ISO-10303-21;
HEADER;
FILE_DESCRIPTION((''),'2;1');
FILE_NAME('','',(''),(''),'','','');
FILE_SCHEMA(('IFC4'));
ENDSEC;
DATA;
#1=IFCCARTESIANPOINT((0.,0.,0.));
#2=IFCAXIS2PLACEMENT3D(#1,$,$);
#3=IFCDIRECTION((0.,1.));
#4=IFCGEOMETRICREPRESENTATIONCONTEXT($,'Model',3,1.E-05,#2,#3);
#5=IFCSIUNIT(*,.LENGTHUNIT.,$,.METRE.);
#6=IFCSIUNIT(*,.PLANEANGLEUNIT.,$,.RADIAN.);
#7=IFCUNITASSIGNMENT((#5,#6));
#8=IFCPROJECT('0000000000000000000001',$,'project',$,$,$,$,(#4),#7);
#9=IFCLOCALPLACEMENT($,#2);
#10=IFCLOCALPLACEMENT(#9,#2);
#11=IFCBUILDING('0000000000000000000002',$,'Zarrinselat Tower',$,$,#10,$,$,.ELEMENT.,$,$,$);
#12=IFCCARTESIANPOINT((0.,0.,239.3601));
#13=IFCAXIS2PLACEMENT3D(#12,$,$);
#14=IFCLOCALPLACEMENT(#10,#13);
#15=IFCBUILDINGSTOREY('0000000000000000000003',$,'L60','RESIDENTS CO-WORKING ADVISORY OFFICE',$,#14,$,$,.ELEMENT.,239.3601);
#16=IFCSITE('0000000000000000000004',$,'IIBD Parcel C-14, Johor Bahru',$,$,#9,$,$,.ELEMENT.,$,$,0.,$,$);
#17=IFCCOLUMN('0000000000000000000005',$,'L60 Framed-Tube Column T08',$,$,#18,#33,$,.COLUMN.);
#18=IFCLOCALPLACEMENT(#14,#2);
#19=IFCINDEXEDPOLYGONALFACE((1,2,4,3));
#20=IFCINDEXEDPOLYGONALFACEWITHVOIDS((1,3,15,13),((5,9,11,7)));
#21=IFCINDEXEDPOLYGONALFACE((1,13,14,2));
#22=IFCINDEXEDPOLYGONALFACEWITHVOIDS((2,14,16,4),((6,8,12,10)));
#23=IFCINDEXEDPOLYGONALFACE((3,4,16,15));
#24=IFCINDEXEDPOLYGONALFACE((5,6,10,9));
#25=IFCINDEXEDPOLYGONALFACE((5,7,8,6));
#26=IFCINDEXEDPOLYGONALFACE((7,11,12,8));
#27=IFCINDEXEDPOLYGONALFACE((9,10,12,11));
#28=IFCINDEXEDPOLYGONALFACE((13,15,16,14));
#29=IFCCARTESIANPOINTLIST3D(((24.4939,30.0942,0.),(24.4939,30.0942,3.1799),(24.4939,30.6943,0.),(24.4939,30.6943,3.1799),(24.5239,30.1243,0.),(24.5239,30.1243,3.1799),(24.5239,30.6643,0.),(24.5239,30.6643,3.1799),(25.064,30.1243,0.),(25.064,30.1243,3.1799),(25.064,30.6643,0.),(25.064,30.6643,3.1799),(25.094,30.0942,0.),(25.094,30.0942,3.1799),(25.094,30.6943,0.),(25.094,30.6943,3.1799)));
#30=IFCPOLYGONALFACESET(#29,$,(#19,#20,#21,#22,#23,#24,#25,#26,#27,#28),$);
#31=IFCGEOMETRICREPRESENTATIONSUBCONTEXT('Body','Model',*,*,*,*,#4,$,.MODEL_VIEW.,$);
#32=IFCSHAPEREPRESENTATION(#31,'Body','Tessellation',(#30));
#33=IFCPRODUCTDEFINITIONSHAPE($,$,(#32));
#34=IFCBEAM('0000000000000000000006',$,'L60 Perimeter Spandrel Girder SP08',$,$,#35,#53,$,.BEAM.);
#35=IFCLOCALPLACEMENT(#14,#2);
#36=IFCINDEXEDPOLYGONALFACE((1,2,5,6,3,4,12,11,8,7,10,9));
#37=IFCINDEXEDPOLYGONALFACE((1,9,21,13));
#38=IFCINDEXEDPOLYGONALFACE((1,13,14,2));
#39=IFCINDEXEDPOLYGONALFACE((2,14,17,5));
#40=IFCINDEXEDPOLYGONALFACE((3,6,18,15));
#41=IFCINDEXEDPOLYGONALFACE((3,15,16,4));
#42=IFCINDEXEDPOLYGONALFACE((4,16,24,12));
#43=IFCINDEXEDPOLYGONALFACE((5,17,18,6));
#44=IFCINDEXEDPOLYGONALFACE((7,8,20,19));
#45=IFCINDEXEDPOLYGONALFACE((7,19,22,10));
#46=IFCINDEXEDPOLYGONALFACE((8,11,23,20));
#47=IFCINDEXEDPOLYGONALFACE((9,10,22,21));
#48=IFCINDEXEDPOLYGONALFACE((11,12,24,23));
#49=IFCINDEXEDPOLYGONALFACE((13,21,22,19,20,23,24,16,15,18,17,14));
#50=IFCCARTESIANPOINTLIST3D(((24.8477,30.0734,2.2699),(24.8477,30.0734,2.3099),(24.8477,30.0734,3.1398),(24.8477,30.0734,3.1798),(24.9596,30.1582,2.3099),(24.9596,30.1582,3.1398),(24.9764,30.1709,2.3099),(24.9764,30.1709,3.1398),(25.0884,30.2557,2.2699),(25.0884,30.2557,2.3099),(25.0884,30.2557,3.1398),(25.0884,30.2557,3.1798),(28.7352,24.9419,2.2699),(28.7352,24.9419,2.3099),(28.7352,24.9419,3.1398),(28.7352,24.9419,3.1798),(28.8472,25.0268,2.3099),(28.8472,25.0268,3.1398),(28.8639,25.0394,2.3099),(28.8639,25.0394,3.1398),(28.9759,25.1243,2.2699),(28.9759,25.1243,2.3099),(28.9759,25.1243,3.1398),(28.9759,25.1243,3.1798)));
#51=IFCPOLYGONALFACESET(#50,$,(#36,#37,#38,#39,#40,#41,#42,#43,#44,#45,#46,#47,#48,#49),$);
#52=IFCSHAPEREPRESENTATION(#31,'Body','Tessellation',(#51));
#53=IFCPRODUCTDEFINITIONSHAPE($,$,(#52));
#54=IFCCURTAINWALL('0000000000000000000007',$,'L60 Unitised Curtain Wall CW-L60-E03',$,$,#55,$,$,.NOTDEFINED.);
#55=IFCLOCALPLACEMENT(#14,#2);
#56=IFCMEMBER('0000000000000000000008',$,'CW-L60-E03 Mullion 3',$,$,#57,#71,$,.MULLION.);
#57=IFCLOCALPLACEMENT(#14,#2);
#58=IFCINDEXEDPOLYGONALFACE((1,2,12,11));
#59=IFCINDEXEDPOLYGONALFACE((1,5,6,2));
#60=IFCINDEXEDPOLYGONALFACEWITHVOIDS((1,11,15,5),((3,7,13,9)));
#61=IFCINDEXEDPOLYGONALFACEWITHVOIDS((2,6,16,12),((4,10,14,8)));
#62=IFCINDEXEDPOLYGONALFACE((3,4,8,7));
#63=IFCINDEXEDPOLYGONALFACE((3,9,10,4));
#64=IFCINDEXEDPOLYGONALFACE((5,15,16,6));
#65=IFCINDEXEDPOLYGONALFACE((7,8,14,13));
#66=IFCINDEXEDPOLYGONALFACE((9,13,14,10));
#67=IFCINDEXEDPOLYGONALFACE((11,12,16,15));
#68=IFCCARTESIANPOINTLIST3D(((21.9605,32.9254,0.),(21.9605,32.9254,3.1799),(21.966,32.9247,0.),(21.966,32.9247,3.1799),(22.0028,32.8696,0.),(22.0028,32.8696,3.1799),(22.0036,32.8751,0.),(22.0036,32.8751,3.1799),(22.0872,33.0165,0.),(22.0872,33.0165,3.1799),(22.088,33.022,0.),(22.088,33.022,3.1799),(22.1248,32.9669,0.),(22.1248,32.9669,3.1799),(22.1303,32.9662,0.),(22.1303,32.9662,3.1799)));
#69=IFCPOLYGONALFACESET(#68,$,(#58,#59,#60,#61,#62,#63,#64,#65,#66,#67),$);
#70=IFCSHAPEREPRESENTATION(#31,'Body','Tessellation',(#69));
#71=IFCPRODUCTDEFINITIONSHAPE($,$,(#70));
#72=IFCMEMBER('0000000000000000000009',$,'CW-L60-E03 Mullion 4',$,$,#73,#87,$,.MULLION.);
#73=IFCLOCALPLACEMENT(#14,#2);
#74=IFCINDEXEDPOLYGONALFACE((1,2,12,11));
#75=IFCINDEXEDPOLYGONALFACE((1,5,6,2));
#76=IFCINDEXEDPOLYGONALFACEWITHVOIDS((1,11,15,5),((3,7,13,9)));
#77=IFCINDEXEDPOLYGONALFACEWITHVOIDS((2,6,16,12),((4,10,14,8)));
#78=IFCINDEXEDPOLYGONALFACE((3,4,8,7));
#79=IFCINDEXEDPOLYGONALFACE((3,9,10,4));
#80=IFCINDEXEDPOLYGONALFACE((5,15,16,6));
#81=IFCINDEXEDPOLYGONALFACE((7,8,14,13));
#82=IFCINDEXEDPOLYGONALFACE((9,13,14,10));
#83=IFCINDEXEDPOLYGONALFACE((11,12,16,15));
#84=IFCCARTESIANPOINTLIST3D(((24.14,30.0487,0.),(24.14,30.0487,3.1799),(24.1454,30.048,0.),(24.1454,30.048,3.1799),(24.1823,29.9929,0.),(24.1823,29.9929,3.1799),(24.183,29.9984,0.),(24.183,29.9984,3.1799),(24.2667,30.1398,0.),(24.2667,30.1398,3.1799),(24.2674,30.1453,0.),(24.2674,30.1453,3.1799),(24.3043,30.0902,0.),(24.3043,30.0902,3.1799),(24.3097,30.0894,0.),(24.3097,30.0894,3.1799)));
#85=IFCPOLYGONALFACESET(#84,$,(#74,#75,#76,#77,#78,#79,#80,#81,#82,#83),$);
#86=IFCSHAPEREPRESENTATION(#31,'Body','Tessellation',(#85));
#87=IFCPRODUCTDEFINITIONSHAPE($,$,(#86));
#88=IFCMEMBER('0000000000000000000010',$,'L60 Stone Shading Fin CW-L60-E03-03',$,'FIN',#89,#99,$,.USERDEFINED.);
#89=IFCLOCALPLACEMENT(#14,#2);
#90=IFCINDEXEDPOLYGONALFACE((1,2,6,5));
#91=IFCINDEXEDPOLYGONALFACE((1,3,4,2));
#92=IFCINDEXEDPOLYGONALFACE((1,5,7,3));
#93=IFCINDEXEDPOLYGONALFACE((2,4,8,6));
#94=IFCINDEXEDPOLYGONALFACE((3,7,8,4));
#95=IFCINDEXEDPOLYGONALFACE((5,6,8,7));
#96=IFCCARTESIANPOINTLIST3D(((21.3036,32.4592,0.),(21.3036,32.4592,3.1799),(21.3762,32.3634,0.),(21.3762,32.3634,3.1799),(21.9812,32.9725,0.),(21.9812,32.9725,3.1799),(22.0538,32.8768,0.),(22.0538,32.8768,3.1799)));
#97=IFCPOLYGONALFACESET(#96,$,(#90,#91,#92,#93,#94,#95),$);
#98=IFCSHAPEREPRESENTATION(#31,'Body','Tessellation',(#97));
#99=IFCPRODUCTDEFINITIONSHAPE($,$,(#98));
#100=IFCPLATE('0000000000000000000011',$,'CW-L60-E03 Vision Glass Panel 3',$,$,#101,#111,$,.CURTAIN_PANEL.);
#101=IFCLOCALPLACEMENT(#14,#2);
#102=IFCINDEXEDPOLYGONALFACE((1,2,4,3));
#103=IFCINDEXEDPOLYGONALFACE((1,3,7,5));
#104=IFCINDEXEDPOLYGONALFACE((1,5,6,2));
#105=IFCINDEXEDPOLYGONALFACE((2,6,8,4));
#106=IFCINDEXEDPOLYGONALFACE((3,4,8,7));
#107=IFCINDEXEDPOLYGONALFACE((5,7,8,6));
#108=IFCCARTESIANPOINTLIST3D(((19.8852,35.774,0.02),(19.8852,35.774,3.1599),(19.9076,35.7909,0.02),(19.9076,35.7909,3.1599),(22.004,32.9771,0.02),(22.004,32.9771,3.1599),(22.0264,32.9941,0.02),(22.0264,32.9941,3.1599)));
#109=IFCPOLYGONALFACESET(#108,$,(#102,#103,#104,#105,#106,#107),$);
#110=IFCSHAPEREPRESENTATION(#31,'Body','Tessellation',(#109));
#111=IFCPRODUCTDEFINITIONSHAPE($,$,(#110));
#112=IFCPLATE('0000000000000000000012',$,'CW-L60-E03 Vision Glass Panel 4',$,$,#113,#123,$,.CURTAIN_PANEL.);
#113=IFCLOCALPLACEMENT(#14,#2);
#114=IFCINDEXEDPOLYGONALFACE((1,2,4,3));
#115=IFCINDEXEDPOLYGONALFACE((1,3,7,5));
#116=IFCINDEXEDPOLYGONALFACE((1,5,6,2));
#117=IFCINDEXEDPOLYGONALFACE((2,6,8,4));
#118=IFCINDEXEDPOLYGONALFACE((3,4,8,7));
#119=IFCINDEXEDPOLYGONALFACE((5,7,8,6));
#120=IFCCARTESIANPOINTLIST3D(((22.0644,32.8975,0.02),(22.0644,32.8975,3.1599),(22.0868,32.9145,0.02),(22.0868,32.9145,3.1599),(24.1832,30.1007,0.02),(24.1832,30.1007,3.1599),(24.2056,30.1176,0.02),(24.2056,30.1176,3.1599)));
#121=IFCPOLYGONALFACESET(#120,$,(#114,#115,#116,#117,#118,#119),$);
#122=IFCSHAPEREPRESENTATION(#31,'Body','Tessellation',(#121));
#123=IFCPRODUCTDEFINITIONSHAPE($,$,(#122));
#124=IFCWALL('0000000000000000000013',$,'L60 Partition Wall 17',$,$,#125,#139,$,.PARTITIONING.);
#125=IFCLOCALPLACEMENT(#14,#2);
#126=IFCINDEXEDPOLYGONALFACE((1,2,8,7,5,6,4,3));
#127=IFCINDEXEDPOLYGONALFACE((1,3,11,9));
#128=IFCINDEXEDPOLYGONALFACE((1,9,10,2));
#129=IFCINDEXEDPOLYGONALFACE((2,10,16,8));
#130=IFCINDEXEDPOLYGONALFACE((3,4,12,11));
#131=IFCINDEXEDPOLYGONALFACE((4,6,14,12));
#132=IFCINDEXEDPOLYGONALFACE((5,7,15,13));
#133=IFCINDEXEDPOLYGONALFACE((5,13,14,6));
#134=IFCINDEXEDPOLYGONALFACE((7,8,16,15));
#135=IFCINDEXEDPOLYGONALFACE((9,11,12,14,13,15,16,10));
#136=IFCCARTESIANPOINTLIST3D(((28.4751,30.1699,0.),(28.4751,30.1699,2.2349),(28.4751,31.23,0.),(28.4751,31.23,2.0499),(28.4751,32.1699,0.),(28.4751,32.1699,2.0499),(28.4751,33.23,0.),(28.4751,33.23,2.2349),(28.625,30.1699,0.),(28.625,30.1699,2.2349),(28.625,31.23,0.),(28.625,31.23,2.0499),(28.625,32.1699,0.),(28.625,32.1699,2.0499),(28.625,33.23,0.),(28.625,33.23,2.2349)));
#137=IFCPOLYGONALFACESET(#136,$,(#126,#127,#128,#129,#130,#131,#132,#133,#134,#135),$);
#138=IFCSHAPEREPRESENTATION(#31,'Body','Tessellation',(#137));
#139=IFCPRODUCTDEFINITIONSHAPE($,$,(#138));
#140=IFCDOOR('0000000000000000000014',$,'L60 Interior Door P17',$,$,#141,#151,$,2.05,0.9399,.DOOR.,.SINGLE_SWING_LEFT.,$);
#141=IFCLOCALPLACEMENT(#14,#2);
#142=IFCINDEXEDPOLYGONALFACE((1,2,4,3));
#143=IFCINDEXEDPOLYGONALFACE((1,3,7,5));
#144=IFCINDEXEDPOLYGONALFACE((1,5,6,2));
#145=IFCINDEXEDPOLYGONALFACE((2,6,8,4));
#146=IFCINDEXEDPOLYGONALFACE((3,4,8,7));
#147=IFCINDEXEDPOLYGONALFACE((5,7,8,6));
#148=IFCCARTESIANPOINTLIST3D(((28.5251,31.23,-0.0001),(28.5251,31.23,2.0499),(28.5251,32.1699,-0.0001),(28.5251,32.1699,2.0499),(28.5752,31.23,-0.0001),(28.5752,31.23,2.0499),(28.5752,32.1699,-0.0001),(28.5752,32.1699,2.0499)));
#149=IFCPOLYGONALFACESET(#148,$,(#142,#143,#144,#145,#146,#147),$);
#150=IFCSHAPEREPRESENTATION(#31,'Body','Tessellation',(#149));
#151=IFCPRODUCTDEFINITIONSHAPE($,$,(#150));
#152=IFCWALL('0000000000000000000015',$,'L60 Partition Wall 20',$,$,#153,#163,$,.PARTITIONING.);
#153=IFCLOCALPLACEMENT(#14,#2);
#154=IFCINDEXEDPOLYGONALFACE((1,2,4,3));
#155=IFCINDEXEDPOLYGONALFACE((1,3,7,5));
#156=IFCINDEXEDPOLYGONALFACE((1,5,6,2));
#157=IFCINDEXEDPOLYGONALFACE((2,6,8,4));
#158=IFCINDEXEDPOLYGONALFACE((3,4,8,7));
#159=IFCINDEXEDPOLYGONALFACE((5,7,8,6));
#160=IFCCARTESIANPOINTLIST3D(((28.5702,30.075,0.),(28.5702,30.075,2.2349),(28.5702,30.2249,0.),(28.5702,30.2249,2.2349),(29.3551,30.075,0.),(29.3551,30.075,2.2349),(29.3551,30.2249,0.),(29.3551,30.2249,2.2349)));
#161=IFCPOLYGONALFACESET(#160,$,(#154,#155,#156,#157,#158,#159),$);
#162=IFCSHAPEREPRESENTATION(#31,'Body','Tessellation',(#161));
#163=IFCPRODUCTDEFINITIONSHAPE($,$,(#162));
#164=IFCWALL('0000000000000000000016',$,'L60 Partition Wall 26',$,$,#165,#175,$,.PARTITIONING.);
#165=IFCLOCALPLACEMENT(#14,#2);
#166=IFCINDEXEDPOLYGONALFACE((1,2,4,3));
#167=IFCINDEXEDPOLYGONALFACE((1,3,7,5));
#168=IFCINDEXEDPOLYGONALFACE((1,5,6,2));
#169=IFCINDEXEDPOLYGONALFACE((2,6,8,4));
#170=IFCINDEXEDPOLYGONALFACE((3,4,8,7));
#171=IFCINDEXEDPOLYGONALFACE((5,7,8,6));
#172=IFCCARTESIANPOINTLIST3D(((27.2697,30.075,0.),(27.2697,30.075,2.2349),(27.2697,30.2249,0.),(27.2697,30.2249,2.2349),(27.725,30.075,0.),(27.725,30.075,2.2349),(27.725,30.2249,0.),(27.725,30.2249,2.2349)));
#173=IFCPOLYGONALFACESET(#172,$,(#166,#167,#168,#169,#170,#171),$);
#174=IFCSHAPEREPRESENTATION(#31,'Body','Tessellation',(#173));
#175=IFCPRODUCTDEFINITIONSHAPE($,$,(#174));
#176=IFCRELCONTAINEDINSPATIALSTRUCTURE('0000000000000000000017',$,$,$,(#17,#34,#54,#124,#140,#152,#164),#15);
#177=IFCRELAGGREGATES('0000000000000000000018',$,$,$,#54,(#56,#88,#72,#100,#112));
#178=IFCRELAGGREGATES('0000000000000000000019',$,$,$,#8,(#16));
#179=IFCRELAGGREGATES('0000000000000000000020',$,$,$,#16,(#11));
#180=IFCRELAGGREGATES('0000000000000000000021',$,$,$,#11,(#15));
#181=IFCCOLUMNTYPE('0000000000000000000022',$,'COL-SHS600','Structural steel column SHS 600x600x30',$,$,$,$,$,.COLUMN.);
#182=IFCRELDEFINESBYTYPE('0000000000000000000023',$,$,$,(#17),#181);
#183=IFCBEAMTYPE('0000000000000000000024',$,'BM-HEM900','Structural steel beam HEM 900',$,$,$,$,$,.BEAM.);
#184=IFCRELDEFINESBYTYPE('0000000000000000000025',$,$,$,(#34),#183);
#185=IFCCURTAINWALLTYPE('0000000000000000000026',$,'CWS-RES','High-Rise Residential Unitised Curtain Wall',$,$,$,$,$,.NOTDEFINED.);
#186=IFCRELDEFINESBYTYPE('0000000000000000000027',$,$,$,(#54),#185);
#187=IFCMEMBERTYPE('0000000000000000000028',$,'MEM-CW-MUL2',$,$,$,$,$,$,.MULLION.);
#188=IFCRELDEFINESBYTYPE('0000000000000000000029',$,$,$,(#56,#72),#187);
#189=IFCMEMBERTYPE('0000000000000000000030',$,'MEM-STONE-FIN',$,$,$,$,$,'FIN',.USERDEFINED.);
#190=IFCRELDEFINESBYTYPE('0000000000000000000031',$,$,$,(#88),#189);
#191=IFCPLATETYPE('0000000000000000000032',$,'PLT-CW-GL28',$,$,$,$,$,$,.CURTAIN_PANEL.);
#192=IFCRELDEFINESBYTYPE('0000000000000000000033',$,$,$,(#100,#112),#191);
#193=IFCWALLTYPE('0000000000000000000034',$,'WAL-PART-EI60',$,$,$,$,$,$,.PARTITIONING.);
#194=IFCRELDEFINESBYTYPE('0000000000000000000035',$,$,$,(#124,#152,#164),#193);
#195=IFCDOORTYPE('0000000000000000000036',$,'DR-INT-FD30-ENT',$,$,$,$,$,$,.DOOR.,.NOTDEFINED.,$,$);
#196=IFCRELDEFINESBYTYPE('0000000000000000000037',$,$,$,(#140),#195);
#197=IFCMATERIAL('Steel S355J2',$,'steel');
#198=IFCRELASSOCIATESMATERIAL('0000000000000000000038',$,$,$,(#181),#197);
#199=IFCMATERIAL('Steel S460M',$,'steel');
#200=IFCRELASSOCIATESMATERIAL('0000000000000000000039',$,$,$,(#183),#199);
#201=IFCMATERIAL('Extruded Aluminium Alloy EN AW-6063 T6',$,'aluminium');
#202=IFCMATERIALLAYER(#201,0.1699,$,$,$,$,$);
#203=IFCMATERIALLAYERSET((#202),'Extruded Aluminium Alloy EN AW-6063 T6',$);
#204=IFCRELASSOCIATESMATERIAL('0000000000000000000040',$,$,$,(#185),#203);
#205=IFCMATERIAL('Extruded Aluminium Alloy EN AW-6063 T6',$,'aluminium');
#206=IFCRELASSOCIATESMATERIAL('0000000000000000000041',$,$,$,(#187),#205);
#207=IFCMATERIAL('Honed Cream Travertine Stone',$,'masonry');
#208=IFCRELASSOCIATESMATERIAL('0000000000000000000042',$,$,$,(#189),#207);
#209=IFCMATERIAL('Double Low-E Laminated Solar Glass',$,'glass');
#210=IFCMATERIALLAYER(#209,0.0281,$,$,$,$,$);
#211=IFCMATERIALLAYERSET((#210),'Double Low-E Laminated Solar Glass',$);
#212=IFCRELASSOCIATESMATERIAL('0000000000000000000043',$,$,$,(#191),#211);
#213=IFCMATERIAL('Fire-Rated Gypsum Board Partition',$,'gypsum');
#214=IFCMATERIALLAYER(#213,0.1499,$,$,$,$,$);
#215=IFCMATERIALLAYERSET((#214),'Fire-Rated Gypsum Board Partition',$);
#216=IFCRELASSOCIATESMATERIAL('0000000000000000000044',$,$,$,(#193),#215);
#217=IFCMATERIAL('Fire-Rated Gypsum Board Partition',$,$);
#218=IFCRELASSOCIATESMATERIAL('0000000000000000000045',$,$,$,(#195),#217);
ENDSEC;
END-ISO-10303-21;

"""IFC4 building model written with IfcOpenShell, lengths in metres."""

from ifc_helpers import new_model, si_unit, direction, frame, frame_2d, origin, origin_2d, place, context, subcontext, project, spatial, rectangle, hollow_rectangle, i_section, extrude, material, layer, layer_set, material_profile, profile_set, type_object, element, fill, aggregate, save


model = new_model("IFC4")

# Units and contexts
model_context = context("Model", 3, precision=1e-05, world=origin(), true_north=direction((0.0, 1.0)))
body_context = subcontext(model_context, "Body", "Model", "MODEL_VIEW")
ifc_project = project(units=[si_unit("LENGTHUNIT", "METRE"), si_unit("PLANEANGLEUNIT", "RADIAN")], contexts=[model_context])

# Site, building, storey
site_placement = place(None, origin())
site = spatial("IfcSite", under=ifc_project, at=site_placement, Name="IIBD Parcel C-14, Johor Bahru", CompositionType="ELEMENT", RefElevation=0.0)
building_placement = place(site_placement, origin())
building = spatial("IfcBuilding", under=site, at=building_placement, Name="Zarrinselat Tower", CompositionType="ELEMENT")
storey_placement = place(building_placement, frame((0.0, 0.0, 239.3601)))
storey = spatial("IfcBuildingStorey", under=building, at=storey_placement, Name="L60", Description="RESIDENTS CO-WORKING ADVISORY OFFICE", CompositionType="ELEMENT", Elevation=239.3601)

# Column
ifc_material_1 = material(Name="Steel S355J2", Category="steel")
ifc_material_profile_1 = material_profile(ifc_material_1, hollow_rectangle(XDim=0.6001, YDim=0.6001, WallThickness=0.03, at=origin_2d()), Name="SHS 600x600x30")
ifc_profile_set_1 = profile_set([ifc_material_profile_1], Name="Steel S355J2")
column_type = type_object("IfcColumnType", Name="COL-SHS600", Description="Structural steel column SHS 600x600x30", PredefinedType="COLUMN", material=ifc_profile_set_1)
column_placement = place(storey_placement, frame((24.7939, 30.3943, 0.0), z_axis=(0.0, 0.0, 1.0), x_axis=(1.0, 0.0, 0.0)))
element("IfcColumn", 1, at=column_placement, inside=storey, type_object=column_type, Name="L60 Framed-Tube Column T08", PredefinedType="COLUMN", context=body_context, shape_type="SweptSolid", body=[
    extrude(hollow_rectangle(XDim=0.6001, YDim=0.6001, WallThickness=0.03, at=origin_2d()), origin(), (0.0, 0.0, 1.0), 3.1799),
])

# Beam
ifc_material_2 = material(Name="Steel S460M", Category="steel")
ifc_material_profile_2 = material_profile(ifc_material_2, i_section(OverallWidth=0.302, OverallDepth=0.9099, WebThickness=0.021, FlangeThickness=0.04, at=origin_2d()), Name="HEM 900")
ifc_profile_set_2 = profile_set([ifc_material_profile_2], Name="Steel S460M")
beam_type = type_object("IfcBeamType", Name="BM-HEM900", Description="Structural steel beam HEM 900", PredefinedType="BEAM", material=ifc_profile_set_2)
beam_placement = place(storey_placement, frame((24.968, 30.1646, 2.7249), z_axis=(0.603864, -0.797087, 0.0), x_axis=(0.797087, 0.603864, 0.0)))
element("IfcBeam", 2, at=beam_placement, inside=storey, type_object=beam_type, Name="L60 Perimeter Spandrel Girder SP08", PredefinedType="BEAM", context=body_context, shape_type="SweptSolid", body=[
    extrude(i_section(OverallWidth=0.302, OverallDepth=0.9099, WebThickness=0.021, FlangeThickness=0.04, at=origin_2d()), origin(), (0.0, 0.0, 1.0), 6.4377),
])

# Curtain wall, members, plates
ifc_material_3 = material(Name="Extruded Aluminium Alloy EN AW-6063 T6", Category="aluminium")
ifc_layer_1 = layer(ifc_material_3, 0.1699)
ifc_layer_set_1 = layer_set([ifc_layer_1], Name="Extruded Aluminium Alloy EN AW-6063 T6")
curtain_wall_type = type_object("IfcCurtainWallType", Name="CWS-RES", Description="High-Rise Residential Unitised Curtain Wall", PredefinedType="NOTDEFINED", material=ifc_layer_set_1)
curtain_wall_placement = place(storey_placement, origin())
curtain_wall = element("IfcCurtainWall", 3, at=curtain_wall_placement, inside=storey, type_object=curtain_wall_type, Name="L60 Unitised Curtain Wall CW-L60-E03", PredefinedType="NOTDEFINED")
ifc_material_4 = material(Name="Extruded Aluminium Alloy EN AW-6063 T6", Category="aluminium")
ifc_material_profile_3 = material_profile(ifc_material_4, hollow_rectangle(XDim=0.0701, YDim=0.1599, WallThickness=0.0039, at=origin_2d()), Name="RHS 160x70x4")
ifc_profile_set_3 = profile_set([ifc_material_profile_3], Name="Extruded Aluminium Alloy EN AW-6063 T6")
member_type_1 = type_object("IfcMemberType", Name="MEM-CW-MUL2", PredefinedType="MULLION", material=ifc_profile_set_3)
member_1_placement = place(storey_placement, frame((22.0454, 32.9458, 0.0), z_axis=(0.0, 0.0, 1.0), x_axis=(0.603858, -0.797092, 0.0)))
member_1 = element("IfcMember", 4, at=member_1_placement, type_object=member_type_1, Name="CW-L60-E03 Mullion 3", PredefinedType="MULLION", context=body_context, shape_type="SweptSolid", body=[
    extrude(hollow_rectangle(XDim=0.0701, YDim=0.1599, WallThickness=0.0039, at=origin_2d()), origin(), (0.0, 0.0, 1.0), 3.1799),
])
member_2_placement = place(storey_placement, frame((24.2249, 30.0691, 0.0), z_axis=(0.0, 0.0, 1.0), x_axis=(0.603858, -0.797092, 0.0)))
member_2 = element("IfcMember", 5, at=member_2_placement, type_object=member_type_1, Name="CW-L60-E03 Mullion 4", PredefinedType="MULLION", context=body_context, shape_type="SweptSolid", body=[
    extrude(hollow_rectangle(XDim=0.0701, YDim=0.1599, WallThickness=0.0039, at=origin_2d()), origin(), (0.0, 0.0, 1.0), 3.1799),
])
ifc_material_5 = material(Name="Honed Cream Travertine Stone", Category="masonry")
ifc_material_profile_4 = material_profile(ifc_material_5, rectangle(XDim=0.1201, YDim=0.8501, at=origin_2d()), Name="FIN 850x120")
ifc_profile_set_4 = profile_set([ifc_material_profile_4], Name="Honed Cream Travertine Stone")
member_type_2 = type_object("IfcMemberType", Name="MEM-STONE-FIN", ElementType="FIN", PredefinedType="USERDEFINED", material=ifc_profile_set_4)
member_3_placement = place(storey_placement, frame((21.6787, 32.668, 0.0), z_axis=(0.0, 0.0, 1.0), x_axis=(-0.603858, 0.797092, 0.0)))
member_3 = element("IfcMember", 6, at=member_3_placement, type_object=member_type_2, Name="L60 Stone Shading Fin CW-L60-E03-03", ObjectType="FIN", PredefinedType="USERDEFINED", context=body_context, shape_type="SweptSolid", body=[
    extrude(rectangle(XDim=0.1201, YDim=0.8501, at=origin_2d()), origin(), (0.0, 0.0, 1.0), 3.1799),
])
ifc_material_6 = material(Name="Double Low-E Laminated Solar Glass", Category="glass")
ifc_layer_2 = layer(ifc_material_6, 0.0281)
ifc_layer_set_2 = layer_set([ifc_layer_2], Name="Double Low-E Laminated Solar Glass")
plate_type = type_object("IfcPlateType", Name="PLT-CW-GL28", PredefinedType="CURTAIN_PANEL", material=ifc_layer_set_2)
plate_1_placement = place(storey_placement, frame((20.9558, 34.384, 0.02), z_axis=(0.0, 0.0, 1.0), x_axis=(0.603858, -0.797092, 0.0)))
plate_1 = element("IfcPlate", 7, at=plate_1_placement, type_object=plate_type, Name="CW-L60-E03 Vision Glass Panel 3", PredefinedType="CURTAIN_PANEL", context=body_context, shape_type="SweptSolid", body=[
    extrude(rectangle(XDim=3.5088, YDim=0.0281, at=origin_2d()), origin(), (0.0, 0.0, 1.0), 3.1399),
])
plate_2_placement = place(storey_placement, frame((23.135, 31.5076, 0.02), z_axis=(0.0, 0.0, 1.0), x_axis=(0.603858, -0.797092, 0.0)))
plate_2 = element("IfcPlate", 8, at=plate_2_placement, type_object=plate_type, Name="CW-L60-E03 Vision Glass Panel 4", PredefinedType="CURTAIN_PANEL", context=body_context, shape_type="SweptSolid", body=[
    extrude(rectangle(XDim=3.5088, YDim=0.0281, at=origin_2d()), origin(), (0.0, 0.0, 1.0), 3.1399),
])
aggregate(curtain_wall, [member_1, member_3, member_2, plate_1, plate_2])

# Wall, opening, door
ifc_material_7 = material(Name="Fire-Rated Gypsum Board Partition", Category="gypsum")
ifc_layer_3 = layer(ifc_material_7, 0.1499)
ifc_layer_set_3 = layer_set([ifc_layer_3], Name="Fire-Rated Gypsum Board Partition")
wall_type_1 = type_object("IfcWallType", Name="WAL-PART-EI60", PredefinedType="PARTITIONING", material=ifc_layer_set_3)
wall_1_placement = place(storey_placement, frame((28.55, 30.1699, 0.0), z_axis=(0.0, 0.0, 1.0), x_axis=(0.0, 1.0, 0.0)))
wall_1 = element("IfcWall", 9, at=wall_1_placement, inside=storey, type_object=wall_type_1, Name="L60 Partition Wall 17", PredefinedType="PARTITIONING", context=body_context, shape_type="SweptSolid", body=[
    extrude(rectangle(XDim=3.0601, YDim=0.1499, at=frame_2d((1.53, 0.0))), origin(), (0.0, 0.0, 1.0), 2.2349),
])
opening_1_placement = place(wall_1_placement, frame((1.0601, 0.0, 0.0)))
opening_1 = element("IfcOpeningElement", 10, at=opening_1_placement, cuts=wall_1, PredefinedType="OPENING", context=body_context, shape_type="SweptSolid", body=[
    extrude(rectangle(XDim=0.9399, YDim=2.05, at=frame_2d((0.47, 1.0249))), frame((0.0, 0.085, 0.0), z_axis=(0.0, -1.0, 0.0), x_axis=(1.0, 0.0, 0.0)), (0.0, 0.0, 1.0), 0.1699),
])
ifc_material_8 = material(Name="Fire-Rated Gypsum Board Partition")
door_type_1 = type_object("IfcDoorType", Name="DR-INT-FD30-ENT", OperationType="NOTDEFINED", PredefinedType="DOOR", material=ifc_material_8)
door_1_placement = place(opening_1_placement, origin())
door_1 = element("IfcDoor", 11, at=door_1_placement, inside=storey, type_object=door_type_1, Name="L60 Interior Door P17", OperationType="SINGLE_SWING_LEFT", OverallHeight=2.05, OverallWidth=0.9399, PredefinedType="DOOR", context=body_context, shape_type="SweptSolid", body=[
    extrude(rectangle(XDim=0.9399, YDim=2.05, at=frame_2d((0.47, 1.0249))), frame((0.0, 0.0249, 0.0), z_axis=(0.0, -1.0, 0.0), x_axis=(1.0, 0.0, 0.0)), (0.0, 0.0, 1.0), 0.05),
])
fill(opening_1, door_1)

# Walls
wall_2_placement = place(storey_placement, frame((28.5701, 30.1499, 0.0), z_axis=(0.0, 0.0, 1.0), x_axis=(1.0, 0.0, 0.0)))
element("IfcWall", 12, at=wall_2_placement, inside=storey, type_object=wall_type_1, Name="L60 Partition Wall 20", PredefinedType="PARTITIONING", context=body_context, shape_type="SweptSolid", body=[
    extrude(rectangle(XDim=0.7849, YDim=0.1499, at=frame_2d((0.3926, 0.0))), origin(), (0.0, 0.0, 1.0), 2.2349),
])
wall_3_placement = place(storey_placement, frame((27.2698, 30.1499, 0.0), z_axis=(0.0, 0.0, 1.0), x_axis=(1.0, 0.0, 0.0)))
element("IfcWall", 13, at=wall_3_placement, inside=storey, type_object=wall_type_1, Name="L60 Partition Wall 26", PredefinedType="PARTITIONING", context=body_context, shape_type="SweptSolid", body=[
    extrude(rectangle(XDim=0.4553, YDim=0.1499, at=frame_2d((0.2275, 0.0))), origin(), (0.0, 0.0, 1.0), 2.2349),
])

save(model, "model.ifc")
